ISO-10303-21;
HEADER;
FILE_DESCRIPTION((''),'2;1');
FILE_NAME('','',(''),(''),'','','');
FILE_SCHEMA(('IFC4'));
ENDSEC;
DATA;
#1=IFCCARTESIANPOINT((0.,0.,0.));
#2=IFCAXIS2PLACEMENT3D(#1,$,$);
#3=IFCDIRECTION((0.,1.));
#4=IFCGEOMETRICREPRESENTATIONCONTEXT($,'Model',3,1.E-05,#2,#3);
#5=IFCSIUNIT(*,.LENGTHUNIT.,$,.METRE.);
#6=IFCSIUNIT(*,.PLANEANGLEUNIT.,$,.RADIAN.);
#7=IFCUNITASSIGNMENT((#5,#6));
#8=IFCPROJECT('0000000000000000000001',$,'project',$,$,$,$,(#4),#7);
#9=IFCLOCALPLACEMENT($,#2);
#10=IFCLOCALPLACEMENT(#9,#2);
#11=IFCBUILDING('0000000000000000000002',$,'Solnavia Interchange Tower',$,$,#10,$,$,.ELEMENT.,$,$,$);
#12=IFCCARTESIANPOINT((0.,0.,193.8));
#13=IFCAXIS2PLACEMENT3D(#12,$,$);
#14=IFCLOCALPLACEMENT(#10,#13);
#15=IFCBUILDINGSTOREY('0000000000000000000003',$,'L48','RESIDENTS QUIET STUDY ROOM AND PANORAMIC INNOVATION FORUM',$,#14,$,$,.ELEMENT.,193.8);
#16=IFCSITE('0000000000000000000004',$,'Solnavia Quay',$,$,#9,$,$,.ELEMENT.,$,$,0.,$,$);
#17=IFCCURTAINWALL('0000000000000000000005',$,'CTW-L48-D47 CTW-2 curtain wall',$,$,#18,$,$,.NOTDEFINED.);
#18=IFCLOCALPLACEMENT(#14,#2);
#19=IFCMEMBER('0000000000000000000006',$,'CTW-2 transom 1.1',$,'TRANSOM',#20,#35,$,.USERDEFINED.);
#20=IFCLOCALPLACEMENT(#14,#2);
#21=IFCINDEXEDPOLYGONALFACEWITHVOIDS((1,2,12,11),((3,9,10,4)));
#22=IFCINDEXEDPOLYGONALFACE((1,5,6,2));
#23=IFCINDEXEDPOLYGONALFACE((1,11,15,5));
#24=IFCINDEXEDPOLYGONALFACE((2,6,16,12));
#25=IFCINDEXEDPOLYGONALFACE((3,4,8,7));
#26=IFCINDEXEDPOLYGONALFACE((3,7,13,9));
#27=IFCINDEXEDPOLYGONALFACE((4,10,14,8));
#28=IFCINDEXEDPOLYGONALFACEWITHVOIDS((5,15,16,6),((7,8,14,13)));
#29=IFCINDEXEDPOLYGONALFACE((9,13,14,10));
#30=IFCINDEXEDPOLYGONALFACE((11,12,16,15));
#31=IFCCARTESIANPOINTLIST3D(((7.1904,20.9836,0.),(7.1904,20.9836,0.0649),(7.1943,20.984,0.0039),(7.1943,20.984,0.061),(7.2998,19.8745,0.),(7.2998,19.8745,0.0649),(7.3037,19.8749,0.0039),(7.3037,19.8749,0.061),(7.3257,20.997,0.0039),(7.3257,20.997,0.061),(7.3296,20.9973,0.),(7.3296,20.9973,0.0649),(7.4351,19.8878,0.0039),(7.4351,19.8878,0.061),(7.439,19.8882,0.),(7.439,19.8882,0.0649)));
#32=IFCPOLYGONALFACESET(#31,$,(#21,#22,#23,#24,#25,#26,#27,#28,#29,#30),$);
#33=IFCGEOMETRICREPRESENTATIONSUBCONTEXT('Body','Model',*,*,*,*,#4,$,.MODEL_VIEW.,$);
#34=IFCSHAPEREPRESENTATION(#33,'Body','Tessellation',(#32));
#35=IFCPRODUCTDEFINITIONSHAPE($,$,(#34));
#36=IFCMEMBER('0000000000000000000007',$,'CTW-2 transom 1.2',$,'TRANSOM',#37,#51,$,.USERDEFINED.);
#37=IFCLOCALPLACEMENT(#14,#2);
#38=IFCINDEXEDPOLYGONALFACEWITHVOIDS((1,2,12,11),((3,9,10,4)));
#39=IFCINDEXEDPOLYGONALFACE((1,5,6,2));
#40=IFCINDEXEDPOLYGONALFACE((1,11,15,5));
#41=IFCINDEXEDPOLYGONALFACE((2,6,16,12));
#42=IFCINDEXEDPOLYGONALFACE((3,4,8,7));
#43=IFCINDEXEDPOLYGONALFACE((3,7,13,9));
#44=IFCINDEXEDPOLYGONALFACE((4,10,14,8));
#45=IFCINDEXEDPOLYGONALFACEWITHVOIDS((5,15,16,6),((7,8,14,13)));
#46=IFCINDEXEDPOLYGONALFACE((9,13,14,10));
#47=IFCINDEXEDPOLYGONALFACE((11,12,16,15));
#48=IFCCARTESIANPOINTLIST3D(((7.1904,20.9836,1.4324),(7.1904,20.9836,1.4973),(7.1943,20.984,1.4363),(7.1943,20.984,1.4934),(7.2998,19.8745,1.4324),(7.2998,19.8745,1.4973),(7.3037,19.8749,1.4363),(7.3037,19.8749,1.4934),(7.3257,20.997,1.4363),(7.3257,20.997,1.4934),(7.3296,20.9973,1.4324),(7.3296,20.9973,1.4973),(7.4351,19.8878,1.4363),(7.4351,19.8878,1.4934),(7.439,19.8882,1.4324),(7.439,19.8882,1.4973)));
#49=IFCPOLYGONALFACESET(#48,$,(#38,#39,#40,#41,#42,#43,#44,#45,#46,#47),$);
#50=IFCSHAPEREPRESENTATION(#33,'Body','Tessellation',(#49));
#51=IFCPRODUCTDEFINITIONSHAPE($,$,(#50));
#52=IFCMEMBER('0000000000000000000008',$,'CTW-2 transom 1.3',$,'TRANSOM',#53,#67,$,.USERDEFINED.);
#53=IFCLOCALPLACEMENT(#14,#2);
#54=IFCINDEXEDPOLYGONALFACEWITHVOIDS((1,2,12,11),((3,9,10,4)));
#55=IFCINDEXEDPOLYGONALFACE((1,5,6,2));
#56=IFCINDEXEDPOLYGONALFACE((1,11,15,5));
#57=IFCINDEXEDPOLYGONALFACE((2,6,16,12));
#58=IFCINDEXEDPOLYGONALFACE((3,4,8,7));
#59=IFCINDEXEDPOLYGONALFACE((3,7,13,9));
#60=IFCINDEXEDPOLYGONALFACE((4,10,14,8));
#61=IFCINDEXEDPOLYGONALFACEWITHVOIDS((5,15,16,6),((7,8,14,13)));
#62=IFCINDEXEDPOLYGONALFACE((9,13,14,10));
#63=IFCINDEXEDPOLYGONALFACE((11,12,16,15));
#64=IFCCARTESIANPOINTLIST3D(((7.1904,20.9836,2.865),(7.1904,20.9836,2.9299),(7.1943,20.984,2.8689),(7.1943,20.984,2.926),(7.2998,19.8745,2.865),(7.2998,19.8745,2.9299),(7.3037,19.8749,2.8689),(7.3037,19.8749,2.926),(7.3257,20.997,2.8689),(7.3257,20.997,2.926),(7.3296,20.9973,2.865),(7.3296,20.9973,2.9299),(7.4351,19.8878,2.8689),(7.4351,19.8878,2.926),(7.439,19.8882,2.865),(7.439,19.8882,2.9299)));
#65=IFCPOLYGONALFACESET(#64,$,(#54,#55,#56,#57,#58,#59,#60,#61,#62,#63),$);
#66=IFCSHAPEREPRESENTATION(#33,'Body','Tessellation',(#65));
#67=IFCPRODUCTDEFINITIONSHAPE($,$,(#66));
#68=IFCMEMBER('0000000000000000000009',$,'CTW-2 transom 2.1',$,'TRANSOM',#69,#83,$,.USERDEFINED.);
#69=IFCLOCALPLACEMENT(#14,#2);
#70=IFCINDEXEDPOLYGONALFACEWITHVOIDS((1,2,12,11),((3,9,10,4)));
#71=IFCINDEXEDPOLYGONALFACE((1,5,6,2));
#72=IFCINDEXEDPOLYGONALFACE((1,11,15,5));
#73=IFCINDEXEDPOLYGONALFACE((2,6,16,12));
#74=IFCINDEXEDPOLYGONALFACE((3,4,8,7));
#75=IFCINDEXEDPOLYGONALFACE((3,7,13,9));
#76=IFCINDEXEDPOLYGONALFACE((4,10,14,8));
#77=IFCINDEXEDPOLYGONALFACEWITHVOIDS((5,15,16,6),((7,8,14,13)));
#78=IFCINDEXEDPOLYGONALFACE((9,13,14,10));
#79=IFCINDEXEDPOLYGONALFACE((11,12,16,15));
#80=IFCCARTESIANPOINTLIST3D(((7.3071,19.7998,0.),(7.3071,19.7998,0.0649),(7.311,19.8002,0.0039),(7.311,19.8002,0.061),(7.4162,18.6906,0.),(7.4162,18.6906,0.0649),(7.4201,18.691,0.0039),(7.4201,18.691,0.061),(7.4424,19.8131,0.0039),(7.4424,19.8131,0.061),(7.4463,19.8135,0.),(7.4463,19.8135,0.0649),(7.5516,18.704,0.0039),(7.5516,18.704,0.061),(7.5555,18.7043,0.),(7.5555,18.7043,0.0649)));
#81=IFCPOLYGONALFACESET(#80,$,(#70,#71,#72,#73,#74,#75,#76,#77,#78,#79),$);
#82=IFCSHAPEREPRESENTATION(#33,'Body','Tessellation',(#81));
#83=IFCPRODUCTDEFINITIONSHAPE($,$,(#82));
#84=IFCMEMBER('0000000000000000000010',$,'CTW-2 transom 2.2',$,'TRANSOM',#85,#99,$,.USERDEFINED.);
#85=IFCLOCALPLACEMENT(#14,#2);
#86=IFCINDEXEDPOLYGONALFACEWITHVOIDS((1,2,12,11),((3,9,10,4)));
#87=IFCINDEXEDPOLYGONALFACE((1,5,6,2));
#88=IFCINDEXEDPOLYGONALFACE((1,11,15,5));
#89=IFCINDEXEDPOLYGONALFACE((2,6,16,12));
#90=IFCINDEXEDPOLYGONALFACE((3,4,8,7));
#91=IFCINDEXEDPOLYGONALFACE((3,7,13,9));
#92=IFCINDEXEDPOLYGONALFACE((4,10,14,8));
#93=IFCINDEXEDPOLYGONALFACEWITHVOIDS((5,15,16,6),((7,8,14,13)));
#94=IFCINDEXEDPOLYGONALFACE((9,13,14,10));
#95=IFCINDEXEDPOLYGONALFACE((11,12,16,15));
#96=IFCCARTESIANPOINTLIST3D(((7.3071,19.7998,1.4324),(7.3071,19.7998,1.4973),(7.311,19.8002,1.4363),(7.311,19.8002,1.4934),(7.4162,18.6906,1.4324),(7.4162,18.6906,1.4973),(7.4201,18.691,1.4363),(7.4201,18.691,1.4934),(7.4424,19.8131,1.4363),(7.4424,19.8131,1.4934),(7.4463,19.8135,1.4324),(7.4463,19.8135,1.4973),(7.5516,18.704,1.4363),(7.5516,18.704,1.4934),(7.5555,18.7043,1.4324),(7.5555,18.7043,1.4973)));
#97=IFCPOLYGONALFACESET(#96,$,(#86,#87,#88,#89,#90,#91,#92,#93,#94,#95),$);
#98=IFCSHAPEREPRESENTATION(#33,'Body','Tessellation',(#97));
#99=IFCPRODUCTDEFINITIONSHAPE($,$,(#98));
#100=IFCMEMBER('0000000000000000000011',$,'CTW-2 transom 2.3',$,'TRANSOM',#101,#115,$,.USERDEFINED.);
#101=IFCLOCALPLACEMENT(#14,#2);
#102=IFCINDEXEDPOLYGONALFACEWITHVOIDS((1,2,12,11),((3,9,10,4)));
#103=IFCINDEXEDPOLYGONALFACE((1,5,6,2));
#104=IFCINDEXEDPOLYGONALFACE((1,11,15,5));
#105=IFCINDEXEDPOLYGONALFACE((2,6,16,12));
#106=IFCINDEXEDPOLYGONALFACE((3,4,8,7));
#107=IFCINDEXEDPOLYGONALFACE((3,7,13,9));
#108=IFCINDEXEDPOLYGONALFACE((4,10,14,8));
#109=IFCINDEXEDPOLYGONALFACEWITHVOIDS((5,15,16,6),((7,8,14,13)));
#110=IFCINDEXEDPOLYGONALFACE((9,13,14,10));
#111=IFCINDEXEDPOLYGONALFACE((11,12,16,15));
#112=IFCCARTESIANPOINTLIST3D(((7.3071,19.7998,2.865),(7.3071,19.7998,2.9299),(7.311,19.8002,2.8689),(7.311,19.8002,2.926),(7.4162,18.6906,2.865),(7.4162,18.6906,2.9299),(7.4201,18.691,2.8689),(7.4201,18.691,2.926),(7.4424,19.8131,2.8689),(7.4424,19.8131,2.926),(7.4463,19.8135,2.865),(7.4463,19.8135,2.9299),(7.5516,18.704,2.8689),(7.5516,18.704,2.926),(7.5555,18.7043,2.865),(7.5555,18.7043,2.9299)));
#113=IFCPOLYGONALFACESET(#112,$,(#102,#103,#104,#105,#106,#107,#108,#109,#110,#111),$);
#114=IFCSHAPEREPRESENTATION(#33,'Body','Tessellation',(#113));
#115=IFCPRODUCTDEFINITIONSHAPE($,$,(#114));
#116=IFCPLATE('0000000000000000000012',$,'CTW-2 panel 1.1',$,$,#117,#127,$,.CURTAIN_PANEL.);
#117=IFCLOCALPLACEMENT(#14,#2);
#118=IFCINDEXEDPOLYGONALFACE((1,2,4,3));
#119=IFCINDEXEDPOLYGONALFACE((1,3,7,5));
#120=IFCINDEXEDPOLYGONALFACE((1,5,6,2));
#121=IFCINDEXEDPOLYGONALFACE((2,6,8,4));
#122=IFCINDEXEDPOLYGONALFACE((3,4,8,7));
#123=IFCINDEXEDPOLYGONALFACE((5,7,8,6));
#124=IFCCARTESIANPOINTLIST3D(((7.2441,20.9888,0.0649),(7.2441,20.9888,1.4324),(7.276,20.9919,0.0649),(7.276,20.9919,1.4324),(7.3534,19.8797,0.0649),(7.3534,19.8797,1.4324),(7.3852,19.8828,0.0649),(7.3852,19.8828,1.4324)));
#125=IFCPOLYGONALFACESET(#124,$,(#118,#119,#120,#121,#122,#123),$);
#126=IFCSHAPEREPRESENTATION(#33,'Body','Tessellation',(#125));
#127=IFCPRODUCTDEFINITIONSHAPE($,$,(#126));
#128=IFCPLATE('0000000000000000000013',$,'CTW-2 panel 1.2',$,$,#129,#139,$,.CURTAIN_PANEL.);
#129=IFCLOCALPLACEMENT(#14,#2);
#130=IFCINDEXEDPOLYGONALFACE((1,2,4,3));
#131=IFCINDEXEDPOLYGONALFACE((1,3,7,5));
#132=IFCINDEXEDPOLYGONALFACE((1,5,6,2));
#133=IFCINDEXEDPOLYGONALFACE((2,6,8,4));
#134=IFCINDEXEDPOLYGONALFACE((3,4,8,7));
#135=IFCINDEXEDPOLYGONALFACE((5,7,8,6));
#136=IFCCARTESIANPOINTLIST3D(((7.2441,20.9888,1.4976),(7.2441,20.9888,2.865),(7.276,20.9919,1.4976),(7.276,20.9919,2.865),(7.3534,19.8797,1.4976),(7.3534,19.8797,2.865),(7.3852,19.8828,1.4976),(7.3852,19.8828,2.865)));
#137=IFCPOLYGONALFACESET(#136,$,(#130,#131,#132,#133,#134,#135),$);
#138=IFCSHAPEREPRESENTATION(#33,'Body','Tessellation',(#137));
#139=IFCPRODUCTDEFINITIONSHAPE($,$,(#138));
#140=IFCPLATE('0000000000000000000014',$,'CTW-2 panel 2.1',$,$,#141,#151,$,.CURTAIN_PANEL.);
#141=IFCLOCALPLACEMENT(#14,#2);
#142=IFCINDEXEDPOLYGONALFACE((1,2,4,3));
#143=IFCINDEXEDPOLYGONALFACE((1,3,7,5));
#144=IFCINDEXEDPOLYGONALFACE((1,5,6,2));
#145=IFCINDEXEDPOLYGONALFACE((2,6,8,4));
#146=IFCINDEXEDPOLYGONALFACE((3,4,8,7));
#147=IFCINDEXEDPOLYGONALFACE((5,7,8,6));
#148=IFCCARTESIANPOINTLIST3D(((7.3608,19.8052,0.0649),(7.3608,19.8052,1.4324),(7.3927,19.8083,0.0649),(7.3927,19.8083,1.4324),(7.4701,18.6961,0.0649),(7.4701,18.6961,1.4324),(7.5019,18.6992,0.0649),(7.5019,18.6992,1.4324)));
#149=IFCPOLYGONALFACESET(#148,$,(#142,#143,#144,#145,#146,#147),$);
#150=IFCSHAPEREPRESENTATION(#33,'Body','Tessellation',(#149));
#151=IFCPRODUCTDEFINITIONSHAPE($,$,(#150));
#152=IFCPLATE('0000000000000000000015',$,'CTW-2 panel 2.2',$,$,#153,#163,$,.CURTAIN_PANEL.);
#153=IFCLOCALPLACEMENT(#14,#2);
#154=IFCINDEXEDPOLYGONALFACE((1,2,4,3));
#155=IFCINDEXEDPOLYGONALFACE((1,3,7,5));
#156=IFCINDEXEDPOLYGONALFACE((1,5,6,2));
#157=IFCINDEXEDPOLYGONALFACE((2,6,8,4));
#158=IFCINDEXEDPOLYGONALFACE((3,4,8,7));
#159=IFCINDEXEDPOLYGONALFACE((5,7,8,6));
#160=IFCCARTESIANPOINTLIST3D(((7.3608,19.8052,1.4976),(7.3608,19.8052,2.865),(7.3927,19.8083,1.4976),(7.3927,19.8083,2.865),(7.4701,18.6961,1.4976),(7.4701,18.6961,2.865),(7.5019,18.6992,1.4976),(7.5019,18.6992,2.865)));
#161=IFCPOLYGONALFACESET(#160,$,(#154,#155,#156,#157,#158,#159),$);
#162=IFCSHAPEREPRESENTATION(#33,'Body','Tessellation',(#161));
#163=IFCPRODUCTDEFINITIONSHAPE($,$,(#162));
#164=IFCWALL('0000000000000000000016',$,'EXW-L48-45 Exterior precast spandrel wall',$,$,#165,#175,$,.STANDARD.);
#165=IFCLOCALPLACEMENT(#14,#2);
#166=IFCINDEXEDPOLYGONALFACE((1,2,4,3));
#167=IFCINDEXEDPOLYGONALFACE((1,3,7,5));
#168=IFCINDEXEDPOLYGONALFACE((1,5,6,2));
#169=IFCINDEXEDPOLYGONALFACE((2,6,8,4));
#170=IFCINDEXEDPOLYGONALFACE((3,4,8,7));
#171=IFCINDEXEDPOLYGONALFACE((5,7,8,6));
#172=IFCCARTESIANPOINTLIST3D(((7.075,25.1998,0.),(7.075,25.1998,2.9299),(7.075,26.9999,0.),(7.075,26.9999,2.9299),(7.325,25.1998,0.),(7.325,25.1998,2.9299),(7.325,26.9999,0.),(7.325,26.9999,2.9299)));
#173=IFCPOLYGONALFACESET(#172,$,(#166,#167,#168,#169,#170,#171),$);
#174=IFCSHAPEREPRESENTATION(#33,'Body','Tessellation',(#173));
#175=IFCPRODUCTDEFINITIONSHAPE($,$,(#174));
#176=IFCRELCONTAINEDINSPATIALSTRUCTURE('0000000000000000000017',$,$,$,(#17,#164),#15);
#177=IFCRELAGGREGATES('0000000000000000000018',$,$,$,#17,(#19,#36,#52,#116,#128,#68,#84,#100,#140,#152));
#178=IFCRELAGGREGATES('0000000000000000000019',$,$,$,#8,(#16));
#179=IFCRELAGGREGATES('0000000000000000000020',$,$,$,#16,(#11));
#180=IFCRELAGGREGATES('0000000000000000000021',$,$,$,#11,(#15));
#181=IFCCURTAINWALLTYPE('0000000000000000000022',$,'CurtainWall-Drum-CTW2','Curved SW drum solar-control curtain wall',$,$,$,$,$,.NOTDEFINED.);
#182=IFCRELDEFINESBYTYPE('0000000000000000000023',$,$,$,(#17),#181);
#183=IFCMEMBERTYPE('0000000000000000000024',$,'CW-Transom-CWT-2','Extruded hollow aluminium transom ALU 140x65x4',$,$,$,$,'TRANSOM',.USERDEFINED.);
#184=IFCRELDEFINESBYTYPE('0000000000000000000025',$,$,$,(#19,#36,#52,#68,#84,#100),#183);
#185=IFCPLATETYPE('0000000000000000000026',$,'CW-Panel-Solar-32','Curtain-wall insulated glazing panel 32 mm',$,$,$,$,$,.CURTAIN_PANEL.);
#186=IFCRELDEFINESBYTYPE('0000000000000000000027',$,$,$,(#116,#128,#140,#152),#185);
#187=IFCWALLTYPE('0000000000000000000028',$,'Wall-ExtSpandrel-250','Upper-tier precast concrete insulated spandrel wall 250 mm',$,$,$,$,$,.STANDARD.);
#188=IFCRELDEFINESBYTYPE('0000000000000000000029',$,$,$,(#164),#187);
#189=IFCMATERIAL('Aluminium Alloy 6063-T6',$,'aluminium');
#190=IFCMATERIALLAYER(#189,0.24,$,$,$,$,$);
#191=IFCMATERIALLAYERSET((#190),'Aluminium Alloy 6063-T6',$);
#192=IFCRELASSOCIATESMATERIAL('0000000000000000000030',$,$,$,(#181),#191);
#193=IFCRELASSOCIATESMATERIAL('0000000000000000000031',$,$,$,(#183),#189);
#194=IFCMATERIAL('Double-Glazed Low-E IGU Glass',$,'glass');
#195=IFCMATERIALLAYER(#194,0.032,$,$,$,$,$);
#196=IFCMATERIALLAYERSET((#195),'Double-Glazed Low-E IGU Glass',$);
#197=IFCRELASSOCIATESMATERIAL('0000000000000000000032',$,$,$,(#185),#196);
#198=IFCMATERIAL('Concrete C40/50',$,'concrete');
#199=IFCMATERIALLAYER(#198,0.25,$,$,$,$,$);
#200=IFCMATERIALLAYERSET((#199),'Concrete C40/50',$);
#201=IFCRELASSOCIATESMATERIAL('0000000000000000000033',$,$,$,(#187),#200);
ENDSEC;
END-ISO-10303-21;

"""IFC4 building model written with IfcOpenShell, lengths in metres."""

from ifc_helpers import new_model, si_unit, direction, frame, frame_2d, origin, origin_2d, place, context, subcontext, project, spatial, rectangle, hollow_rectangle, extrude, material, layer, layer_set, material_profile, profile_set, type_object, element, aggregate, save


model = new_model("IFC4")

# Units and contexts
model_context = context("Model", 3, precision=1e-05, world=origin(), true_north=direction((0.0, 1.0)))
body_context = subcontext(model_context, "Body", "Model", "MODEL_VIEW")
ifc_project = project(units=[si_unit("LENGTHUNIT", "METRE"), si_unit("PLANEANGLEUNIT", "RADIAN")], contexts=[model_context])

# Site, building, storey
site_placement = place(None, origin())
site = spatial("IfcSite", under=ifc_project, at=site_placement, Name="Solnavia Quay", CompositionType="ELEMENT", RefElevation=0.0)
building_placement = place(site_placement, origin())
building = spatial("IfcBuilding", under=site, at=building_placement, Name="Solnavia Interchange Tower", CompositionType="ELEMENT")
storey_placement = place(building_placement, frame((0.0, 0.0, 193.8)))
storey = spatial("IfcBuildingStorey", under=building, at=storey_placement, Name="L48", Description="RESIDENTS QUIET STUDY ROOM AND PANORAMIC INNOVATION FORUM", CompositionType="ELEMENT", Elevation=193.8)

# Curtain wall, members, plates
ifc_material_1 = material(Name="Aluminium Alloy 6063-T6", Category="aluminium")
ifc_layer_1 = layer(ifc_material_1, 0.24)
ifc_layer_set_1 = layer_set([ifc_layer_1], Name="Aluminium Alloy 6063-T6")
curtain_wall_type = type_object("IfcCurtainWallType", Name="CurtainWall-Drum-CTW2", Description="Curved SW drum solar-control curtain wall", PredefinedType="NOTDEFINED", material=ifc_layer_set_1)
curtain_wall_placement = place(storey_placement, origin())
curtain_wall = element("IfcCurtainWall", 1, at=curtain_wall_placement, inside=storey, type_object=curtain_wall_type, Name="CTW-L48-D47 CTW-2 curtain wall", PredefinedType="NOTDEFINED")
ifc_material_profile_1 = material_profile(ifc_material_1, hollow_rectangle(XDim=0.0649, YDim=0.1399, WallThickness=0.0039, at=origin_2d()), Name="ALU 140x65x4")
ifc_profile_set_1 = profile_set([ifc_material_profile_1], Name="Aluminium Alloy 6063-T6")
member_type_1 = type_object("IfcMemberType", Name="CW-Transom-CWT-2", Description="Extruded hollow aluminium transom ALU 140x65x4", ElementType="TRANSOM", PredefinedType="USERDEFINED", material=ifc_profile_set_1)
member_1_placement = place(storey_placement, frame((7.26, 20.9905, 0.0325), z_axis=(0.098137, -0.995173, 0.0), x_axis=(0.0, 0.0, 1.0)))
member_1 = element("IfcMember", 2, at=member_1_placement, type_object=member_type_1, Name="CTW-2 transom 1.1", ObjectType="TRANSOM", PredefinedType="USERDEFINED", context=body_context, shape_type="SweptSolid", body=[
    extrude(hollow_rectangle(XDim=0.0649, YDim=0.1399, WallThickness=0.0039, at=origin_2d()), origin(), (0.0, 0.0, 1.0), 1.1145),
])
member_2_placement = place(storey_placement, frame((7.26, 20.9905, 1.4648), z_axis=(0.098137, -0.995173, 0.0), x_axis=(0.0, 0.0, 1.0)))
member_2 = element("IfcMember", 3, at=member_2_placement, type_object=member_type_1, Name="CTW-2 transom 1.2", ObjectType="TRANSOM", PredefinedType="USERDEFINED", context=body_context, shape_type="SweptSolid", body=[
    extrude(hollow_rectangle(XDim=0.0649, YDim=0.1399, WallThickness=0.0039, at=origin_2d()), origin(), (0.0, 0.0, 1.0), 1.1145),
])
member_3_placement = place(storey_placement, frame((7.26, 20.9905, 2.8975), z_axis=(0.098137, -0.995173, 0.0), x_axis=(0.0, 0.0, 1.0)))
member_3 = element("IfcMember", 4, at=member_3_placement, type_object=member_type_1, Name="CTW-2 transom 1.3", ObjectType="TRANSOM", PredefinedType="USERDEFINED", context=body_context, shape_type="SweptSolid", body=[
    extrude(hollow_rectangle(XDim=0.0649, YDim=0.1399, WallThickness=0.0039, at=origin_2d()), origin(), (0.0, 0.0, 1.0), 1.1145),
])
member_4_placement = place(storey_placement, frame((7.3767, 19.8066, 0.0325), z_axis=(0.09792, -0.995194, 0.0), x_axis=(0.0, 0.0, 1.0)))
member_4 = element("IfcMember", 5, at=member_4_placement, type_object=member_type_1, Name="CTW-2 transom 2.1", ObjectType="TRANSOM", PredefinedType="USERDEFINED", context=body_context, shape_type="SweptSolid", body=[
    extrude(hollow_rectangle(XDim=0.0649, YDim=0.1399, WallThickness=0.0039, at=origin_2d()), origin(), (0.0, 0.0, 1.0), 1.1145),
])
member_5_placement = place(storey_placement, frame((7.3767, 19.8066, 1.4648), z_axis=(0.09792, -0.995194, 0.0), x_axis=(0.0, 0.0, 1.0)))
member_5 = element("IfcMember", 6, at=member_5_placement, type_object=member_type_1, Name="CTW-2 transom 2.2", ObjectType="TRANSOM", PredefinedType="USERDEFINED", context=body_context, shape_type="SweptSolid", body=[
    extrude(hollow_rectangle(XDim=0.0649, YDim=0.1399, WallThickness=0.0039, at=origin_2d()), origin(), (0.0, 0.0, 1.0), 1.1145),
])
member_6_placement = place(storey_placement, frame((7.3767, 19.8066, 2.8975), z_axis=(0.09792, -0.995194, 0.0), x_axis=(0.0, 0.0, 1.0)))
member_6 = element("IfcMember", 7, at=member_6_placement, type_object=member_type_1, Name="CTW-2 transom 2.3", ObjectType="TRANSOM", PredefinedType="USERDEFINED", context=body_context, shape_type="SweptSolid", body=[
    extrude(hollow_rectangle(XDim=0.0649, YDim=0.1399, WallThickness=0.0039, at=origin_2d()), origin(), (0.0, 0.0, 1.0), 1.1145),
])
ifc_material_2 = material(Name="Double-Glazed Low-E IGU Glass", Category="glass")
ifc_layer_2 = layer(ifc_material_2, 0.032)
ifc_layer_set_2 = layer_set([ifc_layer_2], Name="Double-Glazed Low-E IGU Glass")
plate_type = type_object("IfcPlateType", Name="CW-Panel-Solar-32", Description="Curtain-wall insulated glazing panel 32 mm", PredefinedType="CURTAIN_PANEL", material=ifc_layer_set_2)
plate_1_placement = place(storey_placement, frame((7.3147, 20.4358, 0.0649), z_axis=(0.0, 0.0, 1.0), x_axis=(0.098043, -0.995182, 0.0)))
plate_1 = element("IfcPlate", 8, at=plate_1_placement, type_object=plate_type, Name="CTW-2 panel 1.1", PredefinedType="CURTAIN_PANEL", context=body_context, shape_type="SweptSolid", body=[
    extrude(rectangle(XDim=1.1145, YDim=0.032, at=origin_2d()), origin(), (0.0, 0.0, 1.0), 1.3674),
])
plate_2_placement = place(storey_placement, frame((7.3147, 20.4358, 1.4976), z_axis=(0.0, 0.0, 1.0), x_axis=(0.098043, -0.995182, 0.0)))
plate_2 = element("IfcPlate", 9, at=plate_2_placement, type_object=plate_type, Name="CTW-2 panel 1.2", PredefinedType="CURTAIN_PANEL", context=body_context, shape_type="SweptSolid", body=[
    extrude(rectangle(XDim=1.1145, YDim=0.032, at=origin_2d()), origin(), (0.0, 0.0, 1.0), 1.3674),
])
plate_3_placement = place(storey_placement, frame((7.4314, 19.2522, 0.0649), z_axis=(0.0, 0.0, 1.0), x_axis=(0.098043, -0.995182, 0.0)))
plate_3 = element("IfcPlate", 10, at=plate_3_placement, type_object=plate_type, Name="CTW-2 panel 2.1", PredefinedType="CURTAIN_PANEL", context=body_context, shape_type="SweptSolid", body=[
    extrude(rectangle(XDim=1.1145, YDim=0.032, at=origin_2d()), origin(), (0.0, 0.0, 1.0), 1.3674),
])
plate_4_placement = place(storey_placement, frame((7.4314, 19.2522, 1.4976), z_axis=(0.0, 0.0, 1.0), x_axis=(0.098043, -0.995182, 0.0)))
plate_4 = element("IfcPlate", 11, at=plate_4_placement, type_object=plate_type, Name="CTW-2 panel 2.2", PredefinedType="CURTAIN_PANEL", context=body_context, shape_type="SweptSolid", body=[
    extrude(rectangle(XDim=1.1145, YDim=0.032, at=origin_2d()), origin(), (0.0, 0.0, 1.0), 1.3674),
])
aggregate(curtain_wall, [member_1, member_2, member_3, plate_1, plate_2, member_4, member_5, member_6, plate_3, plate_4])

# Wall
ifc_material_3 = material(Name="Concrete C40/50", Category="concrete")
ifc_layer_3 = layer(ifc_material_3, 0.25)
ifc_layer_set_3 = layer_set([ifc_layer_3], Name="Concrete C40/50")
wall_type_1 = type_object("IfcWallType", Name="Wall-ExtSpandrel-250", Description="Upper-tier precast concrete insulated spandrel wall 250 mm", PredefinedType="STANDARD", material=ifc_layer_set_3)
wall_1_placement = place(storey_placement, frame((7.2, 25.2, 0.0), z_axis=(0.0, 0.0, 1.0), x_axis=(0.0, 1.0, 0.0)))
element("IfcWall", 12, at=wall_1_placement, inside=storey, type_object=wall_type_1, Name="EXW-L48-45 Exterior precast spandrel wall", PredefinedType="STANDARD", context=body_context, shape_type="SweptSolid", body=[
    extrude(rectangle(XDim=1.8, YDim=0.25, at=frame_2d((0.8999, 0.0))), origin(), (0.0, 0.0, 1.0), 2.9299),
])

save(model, "model.ifc")
